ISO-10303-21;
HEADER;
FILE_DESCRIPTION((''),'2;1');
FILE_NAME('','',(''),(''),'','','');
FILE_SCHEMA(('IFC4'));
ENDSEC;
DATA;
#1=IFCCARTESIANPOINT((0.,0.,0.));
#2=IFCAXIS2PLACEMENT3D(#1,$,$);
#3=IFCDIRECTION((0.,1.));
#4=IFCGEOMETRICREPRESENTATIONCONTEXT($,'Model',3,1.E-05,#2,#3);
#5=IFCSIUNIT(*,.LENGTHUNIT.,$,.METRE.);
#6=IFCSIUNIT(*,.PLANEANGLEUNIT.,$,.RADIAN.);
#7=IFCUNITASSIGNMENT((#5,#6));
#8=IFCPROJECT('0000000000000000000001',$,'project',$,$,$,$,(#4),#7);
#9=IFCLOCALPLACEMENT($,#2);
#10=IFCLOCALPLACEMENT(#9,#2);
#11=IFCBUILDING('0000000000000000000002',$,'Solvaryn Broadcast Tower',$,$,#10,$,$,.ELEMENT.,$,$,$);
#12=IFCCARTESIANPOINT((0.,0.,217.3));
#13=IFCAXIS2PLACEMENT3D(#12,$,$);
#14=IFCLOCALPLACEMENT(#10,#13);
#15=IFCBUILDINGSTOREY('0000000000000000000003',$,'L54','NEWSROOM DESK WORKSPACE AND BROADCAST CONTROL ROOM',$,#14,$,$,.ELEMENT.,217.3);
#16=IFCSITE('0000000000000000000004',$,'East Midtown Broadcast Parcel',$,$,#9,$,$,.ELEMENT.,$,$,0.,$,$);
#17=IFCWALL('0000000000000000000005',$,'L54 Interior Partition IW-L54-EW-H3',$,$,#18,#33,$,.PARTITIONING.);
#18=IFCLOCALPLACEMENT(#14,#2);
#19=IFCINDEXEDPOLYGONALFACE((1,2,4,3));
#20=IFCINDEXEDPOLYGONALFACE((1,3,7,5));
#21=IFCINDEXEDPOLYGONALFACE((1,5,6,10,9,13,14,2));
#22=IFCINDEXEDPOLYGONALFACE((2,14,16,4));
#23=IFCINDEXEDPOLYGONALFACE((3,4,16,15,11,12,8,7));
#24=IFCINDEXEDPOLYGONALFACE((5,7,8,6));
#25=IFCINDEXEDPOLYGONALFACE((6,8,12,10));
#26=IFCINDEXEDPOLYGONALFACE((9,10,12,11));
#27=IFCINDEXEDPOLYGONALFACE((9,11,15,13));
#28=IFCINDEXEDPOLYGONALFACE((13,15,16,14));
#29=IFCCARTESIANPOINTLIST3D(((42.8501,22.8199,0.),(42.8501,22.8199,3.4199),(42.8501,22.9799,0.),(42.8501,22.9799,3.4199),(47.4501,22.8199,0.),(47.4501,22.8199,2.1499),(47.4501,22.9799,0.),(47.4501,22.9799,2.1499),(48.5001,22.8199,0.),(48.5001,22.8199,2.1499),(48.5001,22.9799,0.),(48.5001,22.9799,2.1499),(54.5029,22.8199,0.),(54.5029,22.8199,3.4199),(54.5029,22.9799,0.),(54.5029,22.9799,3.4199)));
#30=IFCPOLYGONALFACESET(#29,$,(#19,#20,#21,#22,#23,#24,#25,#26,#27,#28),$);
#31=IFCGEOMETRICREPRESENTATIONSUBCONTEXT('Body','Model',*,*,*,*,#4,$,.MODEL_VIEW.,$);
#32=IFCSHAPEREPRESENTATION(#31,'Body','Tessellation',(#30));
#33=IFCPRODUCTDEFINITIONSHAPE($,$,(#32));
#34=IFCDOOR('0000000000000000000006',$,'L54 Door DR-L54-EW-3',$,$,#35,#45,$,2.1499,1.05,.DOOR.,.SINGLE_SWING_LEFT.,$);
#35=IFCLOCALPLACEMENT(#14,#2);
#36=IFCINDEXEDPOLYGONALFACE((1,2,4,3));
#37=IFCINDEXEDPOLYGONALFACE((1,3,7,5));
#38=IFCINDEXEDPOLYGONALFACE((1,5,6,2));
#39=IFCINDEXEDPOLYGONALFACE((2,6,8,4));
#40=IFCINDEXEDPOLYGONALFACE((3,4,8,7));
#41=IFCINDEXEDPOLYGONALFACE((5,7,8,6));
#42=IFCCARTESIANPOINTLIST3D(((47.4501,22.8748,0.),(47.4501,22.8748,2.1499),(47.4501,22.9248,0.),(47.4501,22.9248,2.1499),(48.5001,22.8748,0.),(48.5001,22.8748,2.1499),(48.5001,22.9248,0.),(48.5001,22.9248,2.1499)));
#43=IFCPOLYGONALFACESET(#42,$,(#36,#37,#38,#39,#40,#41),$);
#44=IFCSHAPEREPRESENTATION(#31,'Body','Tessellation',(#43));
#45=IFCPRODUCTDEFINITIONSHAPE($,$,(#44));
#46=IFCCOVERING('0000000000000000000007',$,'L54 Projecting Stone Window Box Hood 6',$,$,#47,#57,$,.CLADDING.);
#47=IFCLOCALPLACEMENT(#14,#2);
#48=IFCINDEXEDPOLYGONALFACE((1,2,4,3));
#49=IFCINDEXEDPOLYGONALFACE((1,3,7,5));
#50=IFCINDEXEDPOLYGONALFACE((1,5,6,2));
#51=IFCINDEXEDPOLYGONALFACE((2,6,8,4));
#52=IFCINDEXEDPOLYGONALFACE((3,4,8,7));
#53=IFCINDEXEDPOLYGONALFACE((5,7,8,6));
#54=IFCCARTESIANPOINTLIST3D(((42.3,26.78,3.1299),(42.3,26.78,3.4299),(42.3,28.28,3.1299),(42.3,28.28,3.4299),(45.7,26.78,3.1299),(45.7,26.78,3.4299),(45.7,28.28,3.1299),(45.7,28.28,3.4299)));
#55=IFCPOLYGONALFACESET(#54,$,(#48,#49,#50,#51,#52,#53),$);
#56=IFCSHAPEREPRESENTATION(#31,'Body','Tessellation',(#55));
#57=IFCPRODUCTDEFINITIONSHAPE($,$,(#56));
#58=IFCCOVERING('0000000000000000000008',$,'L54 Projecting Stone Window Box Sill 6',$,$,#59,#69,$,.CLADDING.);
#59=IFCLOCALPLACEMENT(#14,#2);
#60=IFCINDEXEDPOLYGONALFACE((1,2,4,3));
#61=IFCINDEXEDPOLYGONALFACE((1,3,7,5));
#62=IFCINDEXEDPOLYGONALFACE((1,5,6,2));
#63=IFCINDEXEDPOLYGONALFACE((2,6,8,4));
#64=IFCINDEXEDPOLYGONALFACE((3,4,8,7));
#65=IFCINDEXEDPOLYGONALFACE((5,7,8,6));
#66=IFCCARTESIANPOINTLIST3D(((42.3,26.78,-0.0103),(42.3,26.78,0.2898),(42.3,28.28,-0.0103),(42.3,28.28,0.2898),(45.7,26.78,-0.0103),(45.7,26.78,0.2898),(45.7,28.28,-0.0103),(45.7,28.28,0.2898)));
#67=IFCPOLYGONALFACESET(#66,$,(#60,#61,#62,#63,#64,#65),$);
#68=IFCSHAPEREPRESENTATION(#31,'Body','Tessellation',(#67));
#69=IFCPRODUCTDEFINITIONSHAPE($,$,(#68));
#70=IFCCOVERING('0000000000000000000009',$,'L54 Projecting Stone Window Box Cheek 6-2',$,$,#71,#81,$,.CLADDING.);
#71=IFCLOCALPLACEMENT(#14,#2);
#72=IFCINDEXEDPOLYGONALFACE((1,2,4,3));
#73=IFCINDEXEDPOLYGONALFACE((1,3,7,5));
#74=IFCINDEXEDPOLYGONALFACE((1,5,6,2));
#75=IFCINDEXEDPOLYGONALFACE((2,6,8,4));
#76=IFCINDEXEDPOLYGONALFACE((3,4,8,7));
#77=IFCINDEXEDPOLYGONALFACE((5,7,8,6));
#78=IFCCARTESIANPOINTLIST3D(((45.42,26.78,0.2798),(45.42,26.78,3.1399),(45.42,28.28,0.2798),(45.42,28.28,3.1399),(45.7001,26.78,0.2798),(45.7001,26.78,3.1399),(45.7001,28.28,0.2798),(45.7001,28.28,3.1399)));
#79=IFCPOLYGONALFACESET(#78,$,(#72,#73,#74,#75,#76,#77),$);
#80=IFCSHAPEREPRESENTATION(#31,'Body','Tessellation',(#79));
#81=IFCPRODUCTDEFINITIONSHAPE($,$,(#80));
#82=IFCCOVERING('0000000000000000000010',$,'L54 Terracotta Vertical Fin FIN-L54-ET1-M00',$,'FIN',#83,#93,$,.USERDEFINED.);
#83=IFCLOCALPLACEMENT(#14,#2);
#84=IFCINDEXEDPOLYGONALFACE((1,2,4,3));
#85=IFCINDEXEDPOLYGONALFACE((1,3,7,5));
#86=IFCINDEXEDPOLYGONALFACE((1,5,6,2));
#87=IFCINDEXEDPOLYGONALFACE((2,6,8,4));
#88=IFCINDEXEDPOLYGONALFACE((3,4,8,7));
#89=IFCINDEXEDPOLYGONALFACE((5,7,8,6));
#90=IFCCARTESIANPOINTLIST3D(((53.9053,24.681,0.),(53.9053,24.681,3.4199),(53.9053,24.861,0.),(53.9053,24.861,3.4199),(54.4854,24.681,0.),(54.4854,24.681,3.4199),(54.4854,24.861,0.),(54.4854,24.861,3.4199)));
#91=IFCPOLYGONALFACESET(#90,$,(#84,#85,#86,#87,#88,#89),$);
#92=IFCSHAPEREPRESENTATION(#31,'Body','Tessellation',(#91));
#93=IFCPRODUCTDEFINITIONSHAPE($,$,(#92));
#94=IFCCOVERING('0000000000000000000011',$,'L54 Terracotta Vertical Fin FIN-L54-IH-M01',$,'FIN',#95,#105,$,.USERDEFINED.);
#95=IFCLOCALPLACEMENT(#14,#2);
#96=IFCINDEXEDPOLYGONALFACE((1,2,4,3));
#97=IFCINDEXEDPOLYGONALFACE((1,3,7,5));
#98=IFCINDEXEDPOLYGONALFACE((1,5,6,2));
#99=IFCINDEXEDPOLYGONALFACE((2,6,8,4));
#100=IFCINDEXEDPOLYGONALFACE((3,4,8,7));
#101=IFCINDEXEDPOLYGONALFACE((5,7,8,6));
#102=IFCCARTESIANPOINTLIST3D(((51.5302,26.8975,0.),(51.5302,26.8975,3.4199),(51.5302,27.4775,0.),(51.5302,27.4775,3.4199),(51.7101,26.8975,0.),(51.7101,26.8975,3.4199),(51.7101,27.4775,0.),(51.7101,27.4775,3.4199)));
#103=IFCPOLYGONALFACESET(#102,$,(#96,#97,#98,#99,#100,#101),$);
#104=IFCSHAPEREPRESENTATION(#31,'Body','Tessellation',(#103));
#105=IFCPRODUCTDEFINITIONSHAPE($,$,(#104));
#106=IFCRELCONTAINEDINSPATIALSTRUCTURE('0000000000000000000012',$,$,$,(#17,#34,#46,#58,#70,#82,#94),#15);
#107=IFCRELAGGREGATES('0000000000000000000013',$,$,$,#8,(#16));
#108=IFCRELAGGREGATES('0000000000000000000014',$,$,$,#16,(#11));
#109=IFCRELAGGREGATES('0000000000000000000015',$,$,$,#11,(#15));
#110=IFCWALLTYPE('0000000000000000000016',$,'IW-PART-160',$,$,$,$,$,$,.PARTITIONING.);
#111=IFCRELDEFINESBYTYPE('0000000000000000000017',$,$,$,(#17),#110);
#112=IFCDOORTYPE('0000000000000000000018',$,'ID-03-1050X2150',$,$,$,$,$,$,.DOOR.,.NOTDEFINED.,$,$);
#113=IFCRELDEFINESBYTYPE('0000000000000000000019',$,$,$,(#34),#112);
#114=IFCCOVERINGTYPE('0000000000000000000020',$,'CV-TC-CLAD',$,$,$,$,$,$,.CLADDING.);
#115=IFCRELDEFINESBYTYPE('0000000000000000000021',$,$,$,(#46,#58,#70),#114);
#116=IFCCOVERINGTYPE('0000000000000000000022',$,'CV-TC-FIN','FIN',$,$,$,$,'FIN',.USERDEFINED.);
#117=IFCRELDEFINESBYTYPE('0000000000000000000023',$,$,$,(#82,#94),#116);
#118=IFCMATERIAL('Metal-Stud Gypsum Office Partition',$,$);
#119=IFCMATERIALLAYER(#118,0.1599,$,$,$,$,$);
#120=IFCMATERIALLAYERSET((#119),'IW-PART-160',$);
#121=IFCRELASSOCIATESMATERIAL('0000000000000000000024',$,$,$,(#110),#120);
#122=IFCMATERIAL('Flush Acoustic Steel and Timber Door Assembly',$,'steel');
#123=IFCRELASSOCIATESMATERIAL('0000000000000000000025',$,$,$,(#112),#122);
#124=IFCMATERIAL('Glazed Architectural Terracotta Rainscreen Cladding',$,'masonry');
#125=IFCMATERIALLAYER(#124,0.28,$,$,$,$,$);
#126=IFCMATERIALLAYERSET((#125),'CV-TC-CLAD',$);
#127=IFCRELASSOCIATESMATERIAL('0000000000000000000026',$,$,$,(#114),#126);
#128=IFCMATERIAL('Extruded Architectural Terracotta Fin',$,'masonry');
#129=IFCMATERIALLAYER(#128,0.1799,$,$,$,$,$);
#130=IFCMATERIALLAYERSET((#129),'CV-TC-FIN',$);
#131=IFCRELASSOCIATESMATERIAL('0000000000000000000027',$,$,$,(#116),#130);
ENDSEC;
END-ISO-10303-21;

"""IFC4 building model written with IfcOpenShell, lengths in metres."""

from ifc_helpers import new_model, si_unit, direction, frame, frame_2d, origin, origin_2d, place, context, subcontext, project, spatial, rectangle, extrude, material, layer, layer_set, type_object, element, fill, save


model = new_model("IFC4")

# Units and contexts
model_context = context("Model", 3, precision=1e-05, world=origin(), true_north=direction((0.0, 1.0)))
body_context = subcontext(model_context, "Body", "Model", "MODEL_VIEW")
ifc_project = project(units=[si_unit("LENGTHUNIT", "METRE"), si_unit("PLANEANGLEUNIT", "RADIAN")], contexts=[model_context])

# Site, building, storey
site_placement = place(None, origin())
site = spatial("IfcSite", under=ifc_project, at=site_placement, Name="East Midtown Broadcast Parcel", CompositionType="ELEMENT", RefElevation=0.0)
building_placement = place(site_placement, origin())
building = spatial("IfcBuilding", under=site, at=building_placement, Name="Solvaryn Broadcast Tower", CompositionType="ELEMENT")
storey_placement = place(building_placement, frame((0.0, 0.0, 217.3)))
storey = spatial("IfcBuildingStorey", under=building, at=storey_placement, Name="L54", Description="NEWSROOM DESK WORKSPACE AND BROADCAST CONTROL ROOM", CompositionType="ELEMENT", Elevation=217.3)

# Wall, opening, door
ifc_material_1 = material(Name="Metal-Stud Gypsum Office Partition")
ifc_layer_1 = layer(ifc_material_1, 0.1599)
ifc_layer_set_1 = layer_set([ifc_layer_1], Name="IW-PART-160")
wall_type_1 = type_object("IfcWallType", Name="IW-PART-160", PredefinedType="PARTITIONING", material=ifc_layer_set_1)
wall_1_placement = place(storey_placement, frame((42.8501, 22.8999, 0.0), z_axis=(0.0, 0.0, 1.0), x_axis=(1.0, 0.0, 0.0)))
wall_1 = element("IfcWall", 1, at=wall_1_placement, inside=storey, type_object=wall_type_1, Name="L54 Interior Partition IW-L54-EW-H3", PredefinedType="PARTITIONING", context=body_context, shape_type="SweptSolid", body=[
    extrude(rectangle(XDim=11.6528, YDim=0.1599, at=frame_2d((5.8264, 0.0))), origin(), (0.0, 0.0, 1.0), 3.4199),
])
opening_1_placement = place(wall_1_placement, frame((4.6001, 0.0, 0.0)))
opening_1 = element("IfcOpeningElement", 2, at=opening_1_placement, cuts=wall_1, PredefinedType="OPENING", context=body_context, shape_type="SweptSolid", body=[
    extrude(rectangle(XDim=1.05, YDim=2.1499, at=frame_2d((0.5249, 1.075))), frame((0.0, 0.0901, 0.0), z_axis=(0.0, -1.0, 0.0), x_axis=(1.0, 0.0, 0.0)), (0.0, 0.0, 1.0), 0.1799),
])
ifc_material_2 = material(Name="Flush Acoustic Steel and Timber Door Assembly", Category="steel")
door_type_1 = type_object("IfcDoorType", Name="ID-03-1050X2150", OperationType="NOTDEFINED", PredefinedType="DOOR", material=ifc_material_2)
door_1_placement = place(opening_1_placement, origin())
door_1 = element("IfcDoor", 3, at=door_1_placement, inside=storey, type_object=door_type_1, Name="L54 Door DR-L54-EW-3", OperationType="SINGLE_SWING_LEFT", OverallHeight=2.1499, OverallWidth=1.05, PredefinedType="DOOR", context=body_context, shape_type="SweptSolid", body=[
    extrude(rectangle(XDim=1.05, YDim=2.1499, at=frame_2d((0.5249, 1.075))), frame((0.0, 0.0249, 0.0), z_axis=(0.0, -1.0, 0.0), x_axis=(1.0, 0.0, 0.0)), (0.0, 0.0, 1.0), 0.05),
])
fill(opening_1, door_1)

# Coverings
ifc_material_3 = material(Name="Glazed Architectural Terracotta Rainscreen Cladding", Category="masonry")
ifc_layer_2 = layer(ifc_material_3, 0.28)
ifc_layer_set_2 = layer_set([ifc_layer_2], Name="CV-TC-CLAD")
covering_type_1 = type_object("IfcCoveringType", Name="CV-TC-CLAD", PredefinedType="CLADDING", material=ifc_layer_set_2)
for number, where, z_axis, x_axis, name in (
    (4, (44.0, 27.53, 3.1299), (0.0, 0.0, 1.0), (1.0, 0.0, 0.0), "L54 Projecting Stone Window Box Hood 6"),
    (5, (44.0, 27.53, -0.0103), (0.0, 0.0, 1.0), (1.0, 0.0, 0.0), "L54 Projecting Stone Window Box Sill 6"),
):
    element("IfcCovering", number, at=place(storey_placement, frame(where, z_axis=z_axis, x_axis=x_axis)), inside=storey, type_object=covering_type_1, Name=name, PredefinedType="CLADDING", context=body_context, shape_type="SweptSolid", body=[
        extrude(rectangle(XDim=3.3999, YDim=1.5, at=origin_2d()), origin(), (0.0, 0.0, 1.0), 0.3),
    ])
covering_1_placement = place(storey_placement, frame((45.5601, 27.53, 0.2798), z_axis=(0.0, 0.0, 1.0), x_axis=(1.0, 0.0, 0.0)))
element("IfcCovering", 6, at=covering_1_placement, inside=storey, type_object=covering_type_1, Name="L54 Projecting Stone Window Box Cheek 6-2", PredefinedType="CLADDING", context=body_context, shape_type="SweptSolid", body=[
    extrude(rectangle(XDim=0.28, YDim=1.5, at=origin_2d()), origin(), (0.0, 0.0, 1.0), 2.8601),
])
ifc_material_4 = material(Name="Extruded Architectural Terracotta Fin", Category="masonry")
ifc_layer_3 = layer(ifc_material_4, 0.1799)
ifc_layer_set_3 = layer_set([ifc_layer_3], Name="CV-TC-FIN")
covering_type_2 = type_object("IfcCoveringType", Name="CV-TC-FIN", Description="FIN", ElementType="FIN", PredefinedType="USERDEFINED", material=ifc_layer_set_3)
covering_2_placement = place(storey_placement, frame((54.1953, 24.771, 0.0), z_axis=(0.0, 0.0, 1.0), x_axis=(1.0, 0.0, 0.0)))
element("IfcCovering", 7, at=covering_2_placement, inside=storey, type_object=covering_type_2, Name="L54 Terracotta Vertical Fin FIN-L54-ET1-M00", ObjectType="FIN", PredefinedType="USERDEFINED", context=body_context, shape_type="SweptSolid", body=[
    extrude(rectangle(XDim=0.5801, YDim=0.1799, at=origin_2d()), origin(), (0.0, 0.0, 1.0), 3.4199),
])
covering_3_placement = place(storey_placement, frame((51.6201, 27.1875, 0.0), z_axis=(0.0, 0.0, 1.0), x_axis=(1.0, 0.0, 0.0)))
element("IfcCovering", 8, at=covering_3_placement, inside=storey, type_object=covering_type_2, Name="L54 Terracotta Vertical Fin FIN-L54-IH-M01", ObjectType="FIN", PredefinedType="USERDEFINED", context=body_context, shape_type="SweptSolid", body=[
    extrude(rectangle(XDim=0.1799, YDim=0.5801, at=origin_2d()), origin(), (0.0, 0.0, 1.0), 3.4199),
])

save(model, "model.ifc")
